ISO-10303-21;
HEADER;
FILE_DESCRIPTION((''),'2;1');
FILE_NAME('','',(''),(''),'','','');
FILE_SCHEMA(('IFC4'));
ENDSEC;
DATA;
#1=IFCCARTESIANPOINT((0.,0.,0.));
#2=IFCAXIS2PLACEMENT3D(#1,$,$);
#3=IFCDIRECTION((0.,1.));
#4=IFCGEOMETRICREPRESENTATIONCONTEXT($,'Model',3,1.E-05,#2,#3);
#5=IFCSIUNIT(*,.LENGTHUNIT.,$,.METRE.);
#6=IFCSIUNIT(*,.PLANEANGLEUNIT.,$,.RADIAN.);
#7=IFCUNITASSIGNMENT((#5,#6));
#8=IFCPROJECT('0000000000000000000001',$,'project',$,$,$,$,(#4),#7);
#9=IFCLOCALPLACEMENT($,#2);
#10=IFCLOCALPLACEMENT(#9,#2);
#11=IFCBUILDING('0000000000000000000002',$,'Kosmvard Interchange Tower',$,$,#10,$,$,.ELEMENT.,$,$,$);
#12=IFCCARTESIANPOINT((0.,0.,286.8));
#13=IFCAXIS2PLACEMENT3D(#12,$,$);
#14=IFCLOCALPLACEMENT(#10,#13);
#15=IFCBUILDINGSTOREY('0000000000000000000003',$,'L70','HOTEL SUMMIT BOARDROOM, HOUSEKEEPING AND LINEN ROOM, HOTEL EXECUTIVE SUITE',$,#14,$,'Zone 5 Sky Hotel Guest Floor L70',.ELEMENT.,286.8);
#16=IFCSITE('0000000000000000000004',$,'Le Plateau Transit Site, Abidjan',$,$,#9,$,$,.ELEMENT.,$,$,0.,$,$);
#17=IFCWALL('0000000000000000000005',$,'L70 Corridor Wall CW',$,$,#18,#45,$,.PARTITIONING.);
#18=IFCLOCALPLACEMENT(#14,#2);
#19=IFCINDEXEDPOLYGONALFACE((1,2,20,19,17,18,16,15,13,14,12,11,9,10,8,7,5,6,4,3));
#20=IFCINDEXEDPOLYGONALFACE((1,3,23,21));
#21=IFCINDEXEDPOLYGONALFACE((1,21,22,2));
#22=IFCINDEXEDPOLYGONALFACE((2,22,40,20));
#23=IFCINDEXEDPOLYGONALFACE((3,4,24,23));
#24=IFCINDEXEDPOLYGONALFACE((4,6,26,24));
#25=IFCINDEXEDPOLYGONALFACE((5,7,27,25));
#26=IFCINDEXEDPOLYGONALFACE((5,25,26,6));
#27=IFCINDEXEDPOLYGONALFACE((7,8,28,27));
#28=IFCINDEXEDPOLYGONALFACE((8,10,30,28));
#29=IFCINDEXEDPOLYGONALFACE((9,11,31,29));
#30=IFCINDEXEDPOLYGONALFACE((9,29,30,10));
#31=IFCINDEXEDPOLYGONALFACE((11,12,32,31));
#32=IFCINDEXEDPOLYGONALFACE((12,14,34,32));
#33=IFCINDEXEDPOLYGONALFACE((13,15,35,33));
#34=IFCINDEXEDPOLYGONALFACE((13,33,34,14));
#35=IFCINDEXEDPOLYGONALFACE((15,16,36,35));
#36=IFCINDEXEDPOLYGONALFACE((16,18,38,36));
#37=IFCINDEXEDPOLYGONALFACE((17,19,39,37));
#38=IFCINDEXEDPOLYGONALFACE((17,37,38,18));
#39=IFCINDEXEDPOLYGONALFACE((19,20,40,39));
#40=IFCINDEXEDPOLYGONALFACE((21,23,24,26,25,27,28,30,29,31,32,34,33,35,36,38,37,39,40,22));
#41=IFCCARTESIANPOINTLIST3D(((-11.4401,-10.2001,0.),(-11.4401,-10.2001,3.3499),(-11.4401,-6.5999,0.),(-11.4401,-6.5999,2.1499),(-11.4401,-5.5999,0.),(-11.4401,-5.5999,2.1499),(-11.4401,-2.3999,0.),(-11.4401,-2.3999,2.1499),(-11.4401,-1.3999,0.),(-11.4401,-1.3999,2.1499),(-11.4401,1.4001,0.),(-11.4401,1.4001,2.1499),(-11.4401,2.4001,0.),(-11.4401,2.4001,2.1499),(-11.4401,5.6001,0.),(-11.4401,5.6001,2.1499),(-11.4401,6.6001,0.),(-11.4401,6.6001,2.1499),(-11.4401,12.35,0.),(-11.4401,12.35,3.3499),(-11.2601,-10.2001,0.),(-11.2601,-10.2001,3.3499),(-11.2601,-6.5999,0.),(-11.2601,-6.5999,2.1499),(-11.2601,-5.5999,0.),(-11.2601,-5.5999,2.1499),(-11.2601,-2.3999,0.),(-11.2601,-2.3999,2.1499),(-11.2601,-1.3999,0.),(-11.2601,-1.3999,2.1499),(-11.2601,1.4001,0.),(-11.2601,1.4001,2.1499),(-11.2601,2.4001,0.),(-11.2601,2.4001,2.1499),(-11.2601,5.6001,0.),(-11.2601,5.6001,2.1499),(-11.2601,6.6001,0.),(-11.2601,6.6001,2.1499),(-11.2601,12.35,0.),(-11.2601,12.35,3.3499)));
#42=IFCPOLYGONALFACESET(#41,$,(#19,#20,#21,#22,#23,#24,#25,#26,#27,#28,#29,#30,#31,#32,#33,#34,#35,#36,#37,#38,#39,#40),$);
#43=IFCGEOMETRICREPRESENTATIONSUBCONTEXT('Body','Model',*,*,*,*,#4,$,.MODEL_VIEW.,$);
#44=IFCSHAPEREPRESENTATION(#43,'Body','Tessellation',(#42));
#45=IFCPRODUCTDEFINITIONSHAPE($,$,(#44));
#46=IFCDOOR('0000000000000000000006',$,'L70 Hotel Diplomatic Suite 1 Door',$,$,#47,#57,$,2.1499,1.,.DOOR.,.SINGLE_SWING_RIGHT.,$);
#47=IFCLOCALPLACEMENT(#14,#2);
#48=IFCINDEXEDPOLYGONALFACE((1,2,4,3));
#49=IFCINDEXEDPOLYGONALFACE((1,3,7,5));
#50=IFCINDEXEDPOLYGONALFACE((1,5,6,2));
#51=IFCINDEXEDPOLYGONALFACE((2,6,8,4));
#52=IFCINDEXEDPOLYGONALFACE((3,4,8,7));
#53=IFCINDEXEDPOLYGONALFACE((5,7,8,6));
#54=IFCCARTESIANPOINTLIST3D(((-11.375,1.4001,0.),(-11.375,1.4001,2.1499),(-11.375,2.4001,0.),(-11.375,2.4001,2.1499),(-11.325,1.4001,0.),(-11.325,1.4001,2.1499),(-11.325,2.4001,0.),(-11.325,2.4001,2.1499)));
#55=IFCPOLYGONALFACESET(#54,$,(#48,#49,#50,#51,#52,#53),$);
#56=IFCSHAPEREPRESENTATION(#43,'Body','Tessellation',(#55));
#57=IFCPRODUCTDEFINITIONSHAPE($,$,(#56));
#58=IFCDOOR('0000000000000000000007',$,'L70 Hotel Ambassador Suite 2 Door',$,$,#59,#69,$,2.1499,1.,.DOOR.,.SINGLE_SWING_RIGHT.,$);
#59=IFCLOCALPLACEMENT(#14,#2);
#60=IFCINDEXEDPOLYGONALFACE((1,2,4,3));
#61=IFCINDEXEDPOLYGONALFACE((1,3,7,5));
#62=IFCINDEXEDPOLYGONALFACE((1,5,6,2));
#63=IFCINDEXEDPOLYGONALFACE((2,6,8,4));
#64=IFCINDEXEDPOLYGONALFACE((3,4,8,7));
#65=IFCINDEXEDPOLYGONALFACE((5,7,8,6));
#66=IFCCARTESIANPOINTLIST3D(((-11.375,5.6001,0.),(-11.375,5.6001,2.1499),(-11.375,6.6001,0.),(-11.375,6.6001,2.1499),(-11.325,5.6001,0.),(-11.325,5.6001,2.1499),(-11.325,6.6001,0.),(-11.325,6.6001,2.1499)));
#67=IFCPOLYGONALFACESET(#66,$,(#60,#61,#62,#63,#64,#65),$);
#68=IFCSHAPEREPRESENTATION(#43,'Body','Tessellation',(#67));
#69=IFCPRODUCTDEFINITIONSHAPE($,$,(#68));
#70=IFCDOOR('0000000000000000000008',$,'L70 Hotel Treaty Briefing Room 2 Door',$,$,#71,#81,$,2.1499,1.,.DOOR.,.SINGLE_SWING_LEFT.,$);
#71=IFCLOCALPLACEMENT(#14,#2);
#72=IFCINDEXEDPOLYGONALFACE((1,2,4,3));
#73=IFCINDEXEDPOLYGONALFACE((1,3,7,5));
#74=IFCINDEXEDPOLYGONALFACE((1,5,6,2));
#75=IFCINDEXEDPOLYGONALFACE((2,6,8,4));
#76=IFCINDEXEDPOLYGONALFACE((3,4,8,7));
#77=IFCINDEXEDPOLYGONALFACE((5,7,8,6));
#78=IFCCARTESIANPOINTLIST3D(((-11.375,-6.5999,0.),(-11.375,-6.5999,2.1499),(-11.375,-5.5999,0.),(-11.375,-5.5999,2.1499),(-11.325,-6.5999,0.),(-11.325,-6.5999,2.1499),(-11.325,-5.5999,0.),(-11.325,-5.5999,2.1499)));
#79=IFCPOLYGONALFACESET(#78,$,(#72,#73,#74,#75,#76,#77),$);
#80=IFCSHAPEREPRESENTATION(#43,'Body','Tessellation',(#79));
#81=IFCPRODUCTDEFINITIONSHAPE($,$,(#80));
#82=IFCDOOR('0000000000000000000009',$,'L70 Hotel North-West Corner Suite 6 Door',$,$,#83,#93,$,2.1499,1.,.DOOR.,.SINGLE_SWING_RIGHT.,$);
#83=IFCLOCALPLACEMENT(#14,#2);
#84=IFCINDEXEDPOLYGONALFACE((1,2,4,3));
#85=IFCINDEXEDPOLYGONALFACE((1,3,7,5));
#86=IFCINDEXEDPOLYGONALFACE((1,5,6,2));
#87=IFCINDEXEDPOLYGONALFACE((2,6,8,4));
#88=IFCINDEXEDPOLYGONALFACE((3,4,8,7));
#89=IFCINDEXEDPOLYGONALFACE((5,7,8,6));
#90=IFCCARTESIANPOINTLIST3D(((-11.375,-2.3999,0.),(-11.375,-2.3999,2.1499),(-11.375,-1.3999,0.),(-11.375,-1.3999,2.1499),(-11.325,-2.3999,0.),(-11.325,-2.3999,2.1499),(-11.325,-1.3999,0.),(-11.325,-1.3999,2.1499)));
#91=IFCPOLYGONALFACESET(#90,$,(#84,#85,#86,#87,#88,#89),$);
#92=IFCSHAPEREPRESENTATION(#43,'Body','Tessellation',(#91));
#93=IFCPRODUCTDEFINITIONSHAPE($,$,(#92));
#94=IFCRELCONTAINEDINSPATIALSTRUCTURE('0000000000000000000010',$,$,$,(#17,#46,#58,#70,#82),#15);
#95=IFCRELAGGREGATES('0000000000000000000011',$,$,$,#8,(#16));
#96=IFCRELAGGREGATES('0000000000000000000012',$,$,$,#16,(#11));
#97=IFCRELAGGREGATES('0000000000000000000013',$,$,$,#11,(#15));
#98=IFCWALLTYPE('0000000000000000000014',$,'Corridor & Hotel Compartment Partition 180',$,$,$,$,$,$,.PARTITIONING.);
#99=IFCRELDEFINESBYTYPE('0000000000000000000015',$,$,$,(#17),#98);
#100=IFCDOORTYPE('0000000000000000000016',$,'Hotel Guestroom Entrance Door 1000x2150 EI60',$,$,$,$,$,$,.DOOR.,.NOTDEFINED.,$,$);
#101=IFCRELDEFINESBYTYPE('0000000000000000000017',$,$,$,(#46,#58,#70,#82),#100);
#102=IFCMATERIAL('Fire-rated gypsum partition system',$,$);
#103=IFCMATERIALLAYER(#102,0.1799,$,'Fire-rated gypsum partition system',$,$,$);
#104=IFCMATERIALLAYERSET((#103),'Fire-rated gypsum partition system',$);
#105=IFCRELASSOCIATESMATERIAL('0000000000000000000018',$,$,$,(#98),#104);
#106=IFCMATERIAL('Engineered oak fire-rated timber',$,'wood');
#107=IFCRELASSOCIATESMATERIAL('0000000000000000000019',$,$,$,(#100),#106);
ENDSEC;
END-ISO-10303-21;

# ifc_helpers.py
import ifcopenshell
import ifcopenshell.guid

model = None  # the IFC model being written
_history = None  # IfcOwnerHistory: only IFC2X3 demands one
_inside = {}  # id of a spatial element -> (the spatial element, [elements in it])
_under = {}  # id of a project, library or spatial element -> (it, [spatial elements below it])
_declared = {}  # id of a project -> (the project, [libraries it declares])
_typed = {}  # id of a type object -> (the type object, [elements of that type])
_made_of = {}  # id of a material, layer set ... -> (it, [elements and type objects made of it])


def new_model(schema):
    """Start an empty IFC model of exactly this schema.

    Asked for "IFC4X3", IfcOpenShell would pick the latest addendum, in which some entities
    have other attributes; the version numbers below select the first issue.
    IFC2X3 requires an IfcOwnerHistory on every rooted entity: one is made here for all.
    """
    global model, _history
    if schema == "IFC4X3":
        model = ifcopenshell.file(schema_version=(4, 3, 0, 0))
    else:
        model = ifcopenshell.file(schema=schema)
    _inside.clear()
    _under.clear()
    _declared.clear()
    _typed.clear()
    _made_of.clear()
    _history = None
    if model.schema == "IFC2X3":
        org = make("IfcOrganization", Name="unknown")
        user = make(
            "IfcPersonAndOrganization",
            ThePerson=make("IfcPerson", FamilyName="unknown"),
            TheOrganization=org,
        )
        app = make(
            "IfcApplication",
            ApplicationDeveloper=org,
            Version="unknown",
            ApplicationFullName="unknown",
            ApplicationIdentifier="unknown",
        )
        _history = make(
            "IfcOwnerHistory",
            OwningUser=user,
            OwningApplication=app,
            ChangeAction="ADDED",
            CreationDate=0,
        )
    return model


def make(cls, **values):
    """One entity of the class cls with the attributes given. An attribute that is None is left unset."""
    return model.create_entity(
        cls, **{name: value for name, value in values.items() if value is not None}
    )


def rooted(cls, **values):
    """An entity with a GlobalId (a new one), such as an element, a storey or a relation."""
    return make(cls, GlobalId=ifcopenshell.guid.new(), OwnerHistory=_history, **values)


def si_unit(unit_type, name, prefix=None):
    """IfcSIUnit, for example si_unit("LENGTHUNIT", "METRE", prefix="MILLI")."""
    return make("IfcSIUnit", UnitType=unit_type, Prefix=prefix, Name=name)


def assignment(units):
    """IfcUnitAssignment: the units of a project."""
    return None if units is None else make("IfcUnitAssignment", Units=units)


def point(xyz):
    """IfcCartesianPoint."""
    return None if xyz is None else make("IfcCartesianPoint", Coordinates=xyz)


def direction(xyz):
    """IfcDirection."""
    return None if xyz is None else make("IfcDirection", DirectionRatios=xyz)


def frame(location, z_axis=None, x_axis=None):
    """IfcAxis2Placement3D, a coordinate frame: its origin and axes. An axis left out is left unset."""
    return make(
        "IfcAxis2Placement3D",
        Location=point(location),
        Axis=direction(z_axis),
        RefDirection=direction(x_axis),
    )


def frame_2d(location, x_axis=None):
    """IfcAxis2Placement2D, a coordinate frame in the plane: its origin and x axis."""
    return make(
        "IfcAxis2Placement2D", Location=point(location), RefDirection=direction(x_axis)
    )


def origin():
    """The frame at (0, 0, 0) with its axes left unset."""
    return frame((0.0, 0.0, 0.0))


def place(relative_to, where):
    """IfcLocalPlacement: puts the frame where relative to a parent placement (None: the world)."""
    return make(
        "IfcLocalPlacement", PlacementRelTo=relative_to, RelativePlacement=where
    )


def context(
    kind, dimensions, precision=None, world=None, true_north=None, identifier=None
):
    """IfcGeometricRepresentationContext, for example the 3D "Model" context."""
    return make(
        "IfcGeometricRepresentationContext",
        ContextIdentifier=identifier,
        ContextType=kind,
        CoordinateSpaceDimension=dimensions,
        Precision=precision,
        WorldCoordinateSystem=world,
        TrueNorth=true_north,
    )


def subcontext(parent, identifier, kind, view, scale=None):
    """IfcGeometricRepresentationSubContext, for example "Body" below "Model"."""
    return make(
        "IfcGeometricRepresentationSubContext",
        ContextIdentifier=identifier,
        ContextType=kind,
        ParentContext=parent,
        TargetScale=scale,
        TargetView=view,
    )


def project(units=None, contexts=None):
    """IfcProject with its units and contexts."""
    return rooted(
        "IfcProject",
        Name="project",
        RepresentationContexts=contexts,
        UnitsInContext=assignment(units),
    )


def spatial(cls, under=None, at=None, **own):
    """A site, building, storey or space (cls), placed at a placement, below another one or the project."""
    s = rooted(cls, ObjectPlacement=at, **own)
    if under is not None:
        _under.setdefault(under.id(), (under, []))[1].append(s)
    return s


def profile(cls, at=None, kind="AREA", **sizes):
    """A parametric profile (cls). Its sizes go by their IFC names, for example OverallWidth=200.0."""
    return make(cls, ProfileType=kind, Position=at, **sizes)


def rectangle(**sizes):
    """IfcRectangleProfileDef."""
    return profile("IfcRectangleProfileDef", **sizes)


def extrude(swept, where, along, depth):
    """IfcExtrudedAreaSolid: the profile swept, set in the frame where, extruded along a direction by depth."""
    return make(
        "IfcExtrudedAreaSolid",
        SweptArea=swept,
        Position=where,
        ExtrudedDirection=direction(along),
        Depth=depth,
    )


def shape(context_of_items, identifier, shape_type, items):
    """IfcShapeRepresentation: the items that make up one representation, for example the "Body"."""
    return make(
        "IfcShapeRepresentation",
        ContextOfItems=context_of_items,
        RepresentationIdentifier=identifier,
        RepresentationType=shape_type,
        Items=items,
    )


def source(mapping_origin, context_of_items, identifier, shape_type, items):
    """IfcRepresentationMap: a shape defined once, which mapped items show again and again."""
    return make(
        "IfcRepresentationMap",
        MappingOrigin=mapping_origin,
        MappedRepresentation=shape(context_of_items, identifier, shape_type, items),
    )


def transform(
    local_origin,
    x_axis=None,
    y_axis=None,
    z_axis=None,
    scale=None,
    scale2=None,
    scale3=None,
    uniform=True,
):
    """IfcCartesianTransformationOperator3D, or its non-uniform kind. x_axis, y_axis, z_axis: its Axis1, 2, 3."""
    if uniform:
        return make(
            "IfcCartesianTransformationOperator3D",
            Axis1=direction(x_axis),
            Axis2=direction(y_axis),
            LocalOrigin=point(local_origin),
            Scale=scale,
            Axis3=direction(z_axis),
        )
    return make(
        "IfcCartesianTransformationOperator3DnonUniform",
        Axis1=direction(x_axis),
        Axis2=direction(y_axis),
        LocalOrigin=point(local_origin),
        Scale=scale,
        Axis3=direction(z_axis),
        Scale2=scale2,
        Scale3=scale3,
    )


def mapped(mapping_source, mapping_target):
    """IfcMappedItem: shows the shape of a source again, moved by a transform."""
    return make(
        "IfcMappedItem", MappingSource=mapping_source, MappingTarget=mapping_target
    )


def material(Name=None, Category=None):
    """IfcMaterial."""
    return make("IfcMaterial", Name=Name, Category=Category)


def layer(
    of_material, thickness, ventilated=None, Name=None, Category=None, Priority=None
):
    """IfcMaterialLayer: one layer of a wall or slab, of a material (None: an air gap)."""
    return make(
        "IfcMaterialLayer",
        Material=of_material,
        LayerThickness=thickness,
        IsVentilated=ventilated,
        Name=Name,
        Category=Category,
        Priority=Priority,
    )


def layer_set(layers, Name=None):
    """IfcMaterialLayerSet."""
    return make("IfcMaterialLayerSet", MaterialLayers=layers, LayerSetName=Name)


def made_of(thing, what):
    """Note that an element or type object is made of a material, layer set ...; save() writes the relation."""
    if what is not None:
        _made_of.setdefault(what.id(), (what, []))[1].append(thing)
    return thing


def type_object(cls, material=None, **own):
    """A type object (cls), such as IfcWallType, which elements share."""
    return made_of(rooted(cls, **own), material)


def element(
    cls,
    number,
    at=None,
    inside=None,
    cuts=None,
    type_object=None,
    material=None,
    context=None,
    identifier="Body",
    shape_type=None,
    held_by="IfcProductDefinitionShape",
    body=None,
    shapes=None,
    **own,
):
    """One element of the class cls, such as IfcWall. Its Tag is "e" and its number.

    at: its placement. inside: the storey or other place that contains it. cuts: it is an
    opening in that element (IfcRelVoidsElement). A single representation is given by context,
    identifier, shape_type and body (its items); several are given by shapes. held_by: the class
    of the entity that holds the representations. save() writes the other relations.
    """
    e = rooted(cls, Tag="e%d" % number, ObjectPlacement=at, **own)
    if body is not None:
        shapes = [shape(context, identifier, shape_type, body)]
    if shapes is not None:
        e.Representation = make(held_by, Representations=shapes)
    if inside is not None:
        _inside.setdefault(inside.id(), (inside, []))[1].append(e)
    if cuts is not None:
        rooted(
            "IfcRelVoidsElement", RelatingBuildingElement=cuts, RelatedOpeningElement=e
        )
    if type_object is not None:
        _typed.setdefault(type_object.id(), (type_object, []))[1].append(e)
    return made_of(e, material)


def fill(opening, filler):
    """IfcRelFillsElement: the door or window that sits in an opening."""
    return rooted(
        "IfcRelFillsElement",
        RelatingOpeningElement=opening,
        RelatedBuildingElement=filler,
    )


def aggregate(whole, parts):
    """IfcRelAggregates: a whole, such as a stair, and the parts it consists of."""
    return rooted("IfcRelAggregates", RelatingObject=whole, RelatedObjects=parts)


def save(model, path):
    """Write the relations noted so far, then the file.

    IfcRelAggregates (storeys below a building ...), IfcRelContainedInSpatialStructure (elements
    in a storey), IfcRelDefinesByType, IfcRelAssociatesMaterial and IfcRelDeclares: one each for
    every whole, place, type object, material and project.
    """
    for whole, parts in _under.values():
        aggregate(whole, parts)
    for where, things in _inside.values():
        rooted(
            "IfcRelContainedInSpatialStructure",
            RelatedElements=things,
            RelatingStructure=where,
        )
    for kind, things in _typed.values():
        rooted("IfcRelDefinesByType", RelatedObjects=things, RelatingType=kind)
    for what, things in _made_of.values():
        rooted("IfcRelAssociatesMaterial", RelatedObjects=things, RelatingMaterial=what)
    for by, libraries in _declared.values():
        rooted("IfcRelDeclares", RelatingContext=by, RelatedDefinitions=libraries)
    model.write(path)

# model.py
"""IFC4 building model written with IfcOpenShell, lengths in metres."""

from ifc_helpers import new_model, si_unit, direction, frame, frame_2d, origin, place, context, subcontext, project, spatial, rectangle, extrude, source, transform, mapped, material, layer, layer_set, type_object, element, fill, save


model = new_model("IFC4")

# Units and contexts
model_context = context("Model", 3, precision=1e-05, world=origin(), true_north=direction((0.0, 1.0)))
body_context = subcontext(model_context, "Body", "Model", "MODEL_VIEW")
ifc_project = project(units=[si_unit("LENGTHUNIT", "METRE"), si_unit("PLANEANGLEUNIT", "RADIAN")], contexts=[model_context])

# Site, building, storey
site_placement = place(None, origin())
site = spatial("IfcSite", under=ifc_project, at=site_placement, Name="Le Plateau Transit Site, Abidjan", CompositionType="ELEMENT", RefElevation=0.0)
building_placement = place(site_placement, origin())
building = spatial("IfcBuilding", under=site, at=building_placement, Name="Kosmvard Interchange Tower", CompositionType="ELEMENT")
storey_placement = place(building_placement, frame((0.0, 0.0, 286.8)))
storey = spatial("IfcBuildingStorey", under=building, at=storey_placement, Name="L70", Description="HOTEL SUMMIT BOARDROOM, HOUSEKEEPING AND LINEN ROOM, HOTEL EXECUTIVE SUITE", LongName="Zone 5 Sky Hotel Guest Floor L70", CompositionType="ELEMENT", Elevation=286.8)

# Wall, openings, doors
ifc_material_1 = material(Name="Fire-rated gypsum partition system")
ifc_layer = layer(ifc_material_1, 0.1799, Name="Fire-rated gypsum partition system")
ifc_layer_set = layer_set([ifc_layer], Name="Fire-rated gypsum partition system")
wall_type = type_object("IfcWallType", Name="Corridor & Hotel Compartment Partition 180", PredefinedType="PARTITIONING", material=ifc_layer_set)
ifc_material_2 = material(Name="Engineered oak fire-rated timber", Category="wood")
door_type_1 = type_object("IfcDoorType", Name="Hotel Guestroom Entrance Door 1000x2150 EI60", OperationType="NOTDEFINED", PredefinedType="DOOR", material=ifc_material_2)
shared_shape_1 = source(origin(), body_context, "Body", "SweptSolid", [
    extrude(rectangle(XDim=1.0, YDim=2.1499, at=frame_2d((0.5, 1.075))), frame((0.0, 0.0249, 0.0), z_axis=(0.0, -1.0, 0.0), x_axis=(1.0, 0.0, 0.0)), (0.0, 0.0, 1.0), 0.05),
])
wall_1_placement = place(storey_placement, frame((-11.3501, -10.2, 0.0), z_axis=(0.0, 0.0, 1.0), x_axis=(0.0, 1.0, 0.0)))
wall_1 = element("IfcWall", 1, at=wall_1_placement, inside=storey, type_object=wall_type, Name="L70 Corridor Wall CW", PredefinedType="PARTITIONING", context=body_context, shape_type="SweptSolid", body=[
    extrude(rectangle(XDim=22.55, YDim=0.1799, at=frame_2d((11.2749, 0.0))), origin(), (0.0, 0.0, 1.0), 3.3499),
])
opening_1_placement = place(wall_1_placement, frame((11.6001, 0.0, 0.0)))
opening_1 = element("IfcOpeningElement", 2, at=opening_1_placement, cuts=wall_1, PredefinedType="OPENING", context=body_context, shape_type="SweptSolid", body=[
    extrude(rectangle(XDim=1.0, YDim=2.1499, at=frame_2d((0.5, 1.075))), frame((0.0, 0.1001, 0.0), z_axis=(0.0, -1.0, 0.0), x_axis=(1.0, 0.0, 0.0)), (0.0, 0.0, 1.0), 0.2),
])
opening_2_placement = place(wall_1_placement, frame((15.8, 0.0, 0.0)))
opening_2 = element("IfcOpeningElement", 3, at=opening_2_placement, cuts=wall_1, PredefinedType="OPENING", context=body_context, shape_type="SweptSolid", body=[
    extrude(rectangle(XDim=1.0, YDim=2.1499, at=frame_2d((0.5, 1.075))), frame((0.0, 0.1001, 0.0), z_axis=(0.0, -1.0, 0.0), x_axis=(1.0, 0.0, 0.0)), (0.0, 0.0, 1.0), 0.2),
])
opening_3_placement = place(wall_1_placement, frame((3.6001, 0.0, 0.0)))
opening_3 = element("IfcOpeningElement", 4, at=opening_3_placement, cuts=wall_1, PredefinedType="OPENING", context=body_context, shape_type="SweptSolid", body=[
    extrude(rectangle(XDim=1.0, YDim=2.1499, at=frame_2d((0.5, 1.075))), frame((0.0, 0.1001, 0.0), z_axis=(0.0, -1.0, 0.0), x_axis=(1.0, 0.0, 0.0)), (0.0, 0.0, 1.0), 0.2),
])
opening_4_placement = place(wall_1_placement, frame((7.8, 0.0, 0.0)))
opening_4 = element("IfcOpeningElement", 5, at=opening_4_placement, cuts=wall_1, PredefinedType="OPENING", context=body_context, shape_type="SweptSolid", body=[
    extrude(rectangle(XDim=1.0, YDim=2.1499, at=frame_2d((0.5, 1.075))), frame((0.0, 0.1001, 0.0), z_axis=(0.0, -1.0, 0.0), x_axis=(1.0, 0.0, 0.0)), (0.0, 0.0, 1.0), 0.2),
])
door_1_placement = place(opening_1_placement, origin())
door_1 = element("IfcDoor", 6, at=door_1_placement, inside=storey, type_object=door_type_1, Name="L70 Hotel Diplomatic Suite 1 Door", OperationType="SINGLE_SWING_RIGHT", OverallHeight=2.1499, OverallWidth=1.0, PredefinedType="DOOR", context=body_context, shape_type="MappedRepresentation", body=[
    mapped(shared_shape_1, transform((0.0, 0.0, 0.0), scale=1.0)),
])
fill(opening_1, door_1)
door_2_placement = place(opening_2_placement, origin())
door_2 = element("IfcDoor", 7, at=door_2_placement, inside=storey, type_object=door_type_1, Name="L70 Hotel Ambassador Suite 2 Door", OperationType="SINGLE_SWING_RIGHT", OverallHeight=2.1499, OverallWidth=1.0, PredefinedType="DOOR", context=body_context, shape_type="MappedRepresentation", body=[
    mapped(shared_shape_1, transform((0.0, 0.0, 0.0), scale=1.0)),
])
fill(opening_2, door_2)
door_3_placement = place(opening_3_placement, origin())
door_3 = element("IfcDoor", 8, at=door_3_placement, inside=storey, type_object=door_type_1, Name="L70 Hotel Treaty Briefing Room 2 Door", OperationType="SINGLE_SWING_LEFT", OverallHeight=2.1499, OverallWidth=1.0, PredefinedType="DOOR", context=body_context, shape_type="MappedRepresentation", body=[
    mapped(shared_shape_1, transform((0.0, 0.0, 0.0), scale=1.0)),
])
fill(opening_3, door_3)
door_4_placement = place(opening_4_placement, origin())
door_4 = element("IfcDoor", 9, at=door_4_placement, inside=storey, type_object=door_type_1, Name="L70 Hotel North-West Corner Suite 6 Door", OperationType="SINGLE_SWING_RIGHT", OverallHeight=2.1499, OverallWidth=1.0, PredefinedType="DOOR", context=body_context, shape_type="MappedRepresentation", body=[
    mapped(shared_shape_1, transform((0.0, 0.0, 0.0), scale=1.0)),
])
fill(opening_4, door_4)

save(model, "model.ifc")
